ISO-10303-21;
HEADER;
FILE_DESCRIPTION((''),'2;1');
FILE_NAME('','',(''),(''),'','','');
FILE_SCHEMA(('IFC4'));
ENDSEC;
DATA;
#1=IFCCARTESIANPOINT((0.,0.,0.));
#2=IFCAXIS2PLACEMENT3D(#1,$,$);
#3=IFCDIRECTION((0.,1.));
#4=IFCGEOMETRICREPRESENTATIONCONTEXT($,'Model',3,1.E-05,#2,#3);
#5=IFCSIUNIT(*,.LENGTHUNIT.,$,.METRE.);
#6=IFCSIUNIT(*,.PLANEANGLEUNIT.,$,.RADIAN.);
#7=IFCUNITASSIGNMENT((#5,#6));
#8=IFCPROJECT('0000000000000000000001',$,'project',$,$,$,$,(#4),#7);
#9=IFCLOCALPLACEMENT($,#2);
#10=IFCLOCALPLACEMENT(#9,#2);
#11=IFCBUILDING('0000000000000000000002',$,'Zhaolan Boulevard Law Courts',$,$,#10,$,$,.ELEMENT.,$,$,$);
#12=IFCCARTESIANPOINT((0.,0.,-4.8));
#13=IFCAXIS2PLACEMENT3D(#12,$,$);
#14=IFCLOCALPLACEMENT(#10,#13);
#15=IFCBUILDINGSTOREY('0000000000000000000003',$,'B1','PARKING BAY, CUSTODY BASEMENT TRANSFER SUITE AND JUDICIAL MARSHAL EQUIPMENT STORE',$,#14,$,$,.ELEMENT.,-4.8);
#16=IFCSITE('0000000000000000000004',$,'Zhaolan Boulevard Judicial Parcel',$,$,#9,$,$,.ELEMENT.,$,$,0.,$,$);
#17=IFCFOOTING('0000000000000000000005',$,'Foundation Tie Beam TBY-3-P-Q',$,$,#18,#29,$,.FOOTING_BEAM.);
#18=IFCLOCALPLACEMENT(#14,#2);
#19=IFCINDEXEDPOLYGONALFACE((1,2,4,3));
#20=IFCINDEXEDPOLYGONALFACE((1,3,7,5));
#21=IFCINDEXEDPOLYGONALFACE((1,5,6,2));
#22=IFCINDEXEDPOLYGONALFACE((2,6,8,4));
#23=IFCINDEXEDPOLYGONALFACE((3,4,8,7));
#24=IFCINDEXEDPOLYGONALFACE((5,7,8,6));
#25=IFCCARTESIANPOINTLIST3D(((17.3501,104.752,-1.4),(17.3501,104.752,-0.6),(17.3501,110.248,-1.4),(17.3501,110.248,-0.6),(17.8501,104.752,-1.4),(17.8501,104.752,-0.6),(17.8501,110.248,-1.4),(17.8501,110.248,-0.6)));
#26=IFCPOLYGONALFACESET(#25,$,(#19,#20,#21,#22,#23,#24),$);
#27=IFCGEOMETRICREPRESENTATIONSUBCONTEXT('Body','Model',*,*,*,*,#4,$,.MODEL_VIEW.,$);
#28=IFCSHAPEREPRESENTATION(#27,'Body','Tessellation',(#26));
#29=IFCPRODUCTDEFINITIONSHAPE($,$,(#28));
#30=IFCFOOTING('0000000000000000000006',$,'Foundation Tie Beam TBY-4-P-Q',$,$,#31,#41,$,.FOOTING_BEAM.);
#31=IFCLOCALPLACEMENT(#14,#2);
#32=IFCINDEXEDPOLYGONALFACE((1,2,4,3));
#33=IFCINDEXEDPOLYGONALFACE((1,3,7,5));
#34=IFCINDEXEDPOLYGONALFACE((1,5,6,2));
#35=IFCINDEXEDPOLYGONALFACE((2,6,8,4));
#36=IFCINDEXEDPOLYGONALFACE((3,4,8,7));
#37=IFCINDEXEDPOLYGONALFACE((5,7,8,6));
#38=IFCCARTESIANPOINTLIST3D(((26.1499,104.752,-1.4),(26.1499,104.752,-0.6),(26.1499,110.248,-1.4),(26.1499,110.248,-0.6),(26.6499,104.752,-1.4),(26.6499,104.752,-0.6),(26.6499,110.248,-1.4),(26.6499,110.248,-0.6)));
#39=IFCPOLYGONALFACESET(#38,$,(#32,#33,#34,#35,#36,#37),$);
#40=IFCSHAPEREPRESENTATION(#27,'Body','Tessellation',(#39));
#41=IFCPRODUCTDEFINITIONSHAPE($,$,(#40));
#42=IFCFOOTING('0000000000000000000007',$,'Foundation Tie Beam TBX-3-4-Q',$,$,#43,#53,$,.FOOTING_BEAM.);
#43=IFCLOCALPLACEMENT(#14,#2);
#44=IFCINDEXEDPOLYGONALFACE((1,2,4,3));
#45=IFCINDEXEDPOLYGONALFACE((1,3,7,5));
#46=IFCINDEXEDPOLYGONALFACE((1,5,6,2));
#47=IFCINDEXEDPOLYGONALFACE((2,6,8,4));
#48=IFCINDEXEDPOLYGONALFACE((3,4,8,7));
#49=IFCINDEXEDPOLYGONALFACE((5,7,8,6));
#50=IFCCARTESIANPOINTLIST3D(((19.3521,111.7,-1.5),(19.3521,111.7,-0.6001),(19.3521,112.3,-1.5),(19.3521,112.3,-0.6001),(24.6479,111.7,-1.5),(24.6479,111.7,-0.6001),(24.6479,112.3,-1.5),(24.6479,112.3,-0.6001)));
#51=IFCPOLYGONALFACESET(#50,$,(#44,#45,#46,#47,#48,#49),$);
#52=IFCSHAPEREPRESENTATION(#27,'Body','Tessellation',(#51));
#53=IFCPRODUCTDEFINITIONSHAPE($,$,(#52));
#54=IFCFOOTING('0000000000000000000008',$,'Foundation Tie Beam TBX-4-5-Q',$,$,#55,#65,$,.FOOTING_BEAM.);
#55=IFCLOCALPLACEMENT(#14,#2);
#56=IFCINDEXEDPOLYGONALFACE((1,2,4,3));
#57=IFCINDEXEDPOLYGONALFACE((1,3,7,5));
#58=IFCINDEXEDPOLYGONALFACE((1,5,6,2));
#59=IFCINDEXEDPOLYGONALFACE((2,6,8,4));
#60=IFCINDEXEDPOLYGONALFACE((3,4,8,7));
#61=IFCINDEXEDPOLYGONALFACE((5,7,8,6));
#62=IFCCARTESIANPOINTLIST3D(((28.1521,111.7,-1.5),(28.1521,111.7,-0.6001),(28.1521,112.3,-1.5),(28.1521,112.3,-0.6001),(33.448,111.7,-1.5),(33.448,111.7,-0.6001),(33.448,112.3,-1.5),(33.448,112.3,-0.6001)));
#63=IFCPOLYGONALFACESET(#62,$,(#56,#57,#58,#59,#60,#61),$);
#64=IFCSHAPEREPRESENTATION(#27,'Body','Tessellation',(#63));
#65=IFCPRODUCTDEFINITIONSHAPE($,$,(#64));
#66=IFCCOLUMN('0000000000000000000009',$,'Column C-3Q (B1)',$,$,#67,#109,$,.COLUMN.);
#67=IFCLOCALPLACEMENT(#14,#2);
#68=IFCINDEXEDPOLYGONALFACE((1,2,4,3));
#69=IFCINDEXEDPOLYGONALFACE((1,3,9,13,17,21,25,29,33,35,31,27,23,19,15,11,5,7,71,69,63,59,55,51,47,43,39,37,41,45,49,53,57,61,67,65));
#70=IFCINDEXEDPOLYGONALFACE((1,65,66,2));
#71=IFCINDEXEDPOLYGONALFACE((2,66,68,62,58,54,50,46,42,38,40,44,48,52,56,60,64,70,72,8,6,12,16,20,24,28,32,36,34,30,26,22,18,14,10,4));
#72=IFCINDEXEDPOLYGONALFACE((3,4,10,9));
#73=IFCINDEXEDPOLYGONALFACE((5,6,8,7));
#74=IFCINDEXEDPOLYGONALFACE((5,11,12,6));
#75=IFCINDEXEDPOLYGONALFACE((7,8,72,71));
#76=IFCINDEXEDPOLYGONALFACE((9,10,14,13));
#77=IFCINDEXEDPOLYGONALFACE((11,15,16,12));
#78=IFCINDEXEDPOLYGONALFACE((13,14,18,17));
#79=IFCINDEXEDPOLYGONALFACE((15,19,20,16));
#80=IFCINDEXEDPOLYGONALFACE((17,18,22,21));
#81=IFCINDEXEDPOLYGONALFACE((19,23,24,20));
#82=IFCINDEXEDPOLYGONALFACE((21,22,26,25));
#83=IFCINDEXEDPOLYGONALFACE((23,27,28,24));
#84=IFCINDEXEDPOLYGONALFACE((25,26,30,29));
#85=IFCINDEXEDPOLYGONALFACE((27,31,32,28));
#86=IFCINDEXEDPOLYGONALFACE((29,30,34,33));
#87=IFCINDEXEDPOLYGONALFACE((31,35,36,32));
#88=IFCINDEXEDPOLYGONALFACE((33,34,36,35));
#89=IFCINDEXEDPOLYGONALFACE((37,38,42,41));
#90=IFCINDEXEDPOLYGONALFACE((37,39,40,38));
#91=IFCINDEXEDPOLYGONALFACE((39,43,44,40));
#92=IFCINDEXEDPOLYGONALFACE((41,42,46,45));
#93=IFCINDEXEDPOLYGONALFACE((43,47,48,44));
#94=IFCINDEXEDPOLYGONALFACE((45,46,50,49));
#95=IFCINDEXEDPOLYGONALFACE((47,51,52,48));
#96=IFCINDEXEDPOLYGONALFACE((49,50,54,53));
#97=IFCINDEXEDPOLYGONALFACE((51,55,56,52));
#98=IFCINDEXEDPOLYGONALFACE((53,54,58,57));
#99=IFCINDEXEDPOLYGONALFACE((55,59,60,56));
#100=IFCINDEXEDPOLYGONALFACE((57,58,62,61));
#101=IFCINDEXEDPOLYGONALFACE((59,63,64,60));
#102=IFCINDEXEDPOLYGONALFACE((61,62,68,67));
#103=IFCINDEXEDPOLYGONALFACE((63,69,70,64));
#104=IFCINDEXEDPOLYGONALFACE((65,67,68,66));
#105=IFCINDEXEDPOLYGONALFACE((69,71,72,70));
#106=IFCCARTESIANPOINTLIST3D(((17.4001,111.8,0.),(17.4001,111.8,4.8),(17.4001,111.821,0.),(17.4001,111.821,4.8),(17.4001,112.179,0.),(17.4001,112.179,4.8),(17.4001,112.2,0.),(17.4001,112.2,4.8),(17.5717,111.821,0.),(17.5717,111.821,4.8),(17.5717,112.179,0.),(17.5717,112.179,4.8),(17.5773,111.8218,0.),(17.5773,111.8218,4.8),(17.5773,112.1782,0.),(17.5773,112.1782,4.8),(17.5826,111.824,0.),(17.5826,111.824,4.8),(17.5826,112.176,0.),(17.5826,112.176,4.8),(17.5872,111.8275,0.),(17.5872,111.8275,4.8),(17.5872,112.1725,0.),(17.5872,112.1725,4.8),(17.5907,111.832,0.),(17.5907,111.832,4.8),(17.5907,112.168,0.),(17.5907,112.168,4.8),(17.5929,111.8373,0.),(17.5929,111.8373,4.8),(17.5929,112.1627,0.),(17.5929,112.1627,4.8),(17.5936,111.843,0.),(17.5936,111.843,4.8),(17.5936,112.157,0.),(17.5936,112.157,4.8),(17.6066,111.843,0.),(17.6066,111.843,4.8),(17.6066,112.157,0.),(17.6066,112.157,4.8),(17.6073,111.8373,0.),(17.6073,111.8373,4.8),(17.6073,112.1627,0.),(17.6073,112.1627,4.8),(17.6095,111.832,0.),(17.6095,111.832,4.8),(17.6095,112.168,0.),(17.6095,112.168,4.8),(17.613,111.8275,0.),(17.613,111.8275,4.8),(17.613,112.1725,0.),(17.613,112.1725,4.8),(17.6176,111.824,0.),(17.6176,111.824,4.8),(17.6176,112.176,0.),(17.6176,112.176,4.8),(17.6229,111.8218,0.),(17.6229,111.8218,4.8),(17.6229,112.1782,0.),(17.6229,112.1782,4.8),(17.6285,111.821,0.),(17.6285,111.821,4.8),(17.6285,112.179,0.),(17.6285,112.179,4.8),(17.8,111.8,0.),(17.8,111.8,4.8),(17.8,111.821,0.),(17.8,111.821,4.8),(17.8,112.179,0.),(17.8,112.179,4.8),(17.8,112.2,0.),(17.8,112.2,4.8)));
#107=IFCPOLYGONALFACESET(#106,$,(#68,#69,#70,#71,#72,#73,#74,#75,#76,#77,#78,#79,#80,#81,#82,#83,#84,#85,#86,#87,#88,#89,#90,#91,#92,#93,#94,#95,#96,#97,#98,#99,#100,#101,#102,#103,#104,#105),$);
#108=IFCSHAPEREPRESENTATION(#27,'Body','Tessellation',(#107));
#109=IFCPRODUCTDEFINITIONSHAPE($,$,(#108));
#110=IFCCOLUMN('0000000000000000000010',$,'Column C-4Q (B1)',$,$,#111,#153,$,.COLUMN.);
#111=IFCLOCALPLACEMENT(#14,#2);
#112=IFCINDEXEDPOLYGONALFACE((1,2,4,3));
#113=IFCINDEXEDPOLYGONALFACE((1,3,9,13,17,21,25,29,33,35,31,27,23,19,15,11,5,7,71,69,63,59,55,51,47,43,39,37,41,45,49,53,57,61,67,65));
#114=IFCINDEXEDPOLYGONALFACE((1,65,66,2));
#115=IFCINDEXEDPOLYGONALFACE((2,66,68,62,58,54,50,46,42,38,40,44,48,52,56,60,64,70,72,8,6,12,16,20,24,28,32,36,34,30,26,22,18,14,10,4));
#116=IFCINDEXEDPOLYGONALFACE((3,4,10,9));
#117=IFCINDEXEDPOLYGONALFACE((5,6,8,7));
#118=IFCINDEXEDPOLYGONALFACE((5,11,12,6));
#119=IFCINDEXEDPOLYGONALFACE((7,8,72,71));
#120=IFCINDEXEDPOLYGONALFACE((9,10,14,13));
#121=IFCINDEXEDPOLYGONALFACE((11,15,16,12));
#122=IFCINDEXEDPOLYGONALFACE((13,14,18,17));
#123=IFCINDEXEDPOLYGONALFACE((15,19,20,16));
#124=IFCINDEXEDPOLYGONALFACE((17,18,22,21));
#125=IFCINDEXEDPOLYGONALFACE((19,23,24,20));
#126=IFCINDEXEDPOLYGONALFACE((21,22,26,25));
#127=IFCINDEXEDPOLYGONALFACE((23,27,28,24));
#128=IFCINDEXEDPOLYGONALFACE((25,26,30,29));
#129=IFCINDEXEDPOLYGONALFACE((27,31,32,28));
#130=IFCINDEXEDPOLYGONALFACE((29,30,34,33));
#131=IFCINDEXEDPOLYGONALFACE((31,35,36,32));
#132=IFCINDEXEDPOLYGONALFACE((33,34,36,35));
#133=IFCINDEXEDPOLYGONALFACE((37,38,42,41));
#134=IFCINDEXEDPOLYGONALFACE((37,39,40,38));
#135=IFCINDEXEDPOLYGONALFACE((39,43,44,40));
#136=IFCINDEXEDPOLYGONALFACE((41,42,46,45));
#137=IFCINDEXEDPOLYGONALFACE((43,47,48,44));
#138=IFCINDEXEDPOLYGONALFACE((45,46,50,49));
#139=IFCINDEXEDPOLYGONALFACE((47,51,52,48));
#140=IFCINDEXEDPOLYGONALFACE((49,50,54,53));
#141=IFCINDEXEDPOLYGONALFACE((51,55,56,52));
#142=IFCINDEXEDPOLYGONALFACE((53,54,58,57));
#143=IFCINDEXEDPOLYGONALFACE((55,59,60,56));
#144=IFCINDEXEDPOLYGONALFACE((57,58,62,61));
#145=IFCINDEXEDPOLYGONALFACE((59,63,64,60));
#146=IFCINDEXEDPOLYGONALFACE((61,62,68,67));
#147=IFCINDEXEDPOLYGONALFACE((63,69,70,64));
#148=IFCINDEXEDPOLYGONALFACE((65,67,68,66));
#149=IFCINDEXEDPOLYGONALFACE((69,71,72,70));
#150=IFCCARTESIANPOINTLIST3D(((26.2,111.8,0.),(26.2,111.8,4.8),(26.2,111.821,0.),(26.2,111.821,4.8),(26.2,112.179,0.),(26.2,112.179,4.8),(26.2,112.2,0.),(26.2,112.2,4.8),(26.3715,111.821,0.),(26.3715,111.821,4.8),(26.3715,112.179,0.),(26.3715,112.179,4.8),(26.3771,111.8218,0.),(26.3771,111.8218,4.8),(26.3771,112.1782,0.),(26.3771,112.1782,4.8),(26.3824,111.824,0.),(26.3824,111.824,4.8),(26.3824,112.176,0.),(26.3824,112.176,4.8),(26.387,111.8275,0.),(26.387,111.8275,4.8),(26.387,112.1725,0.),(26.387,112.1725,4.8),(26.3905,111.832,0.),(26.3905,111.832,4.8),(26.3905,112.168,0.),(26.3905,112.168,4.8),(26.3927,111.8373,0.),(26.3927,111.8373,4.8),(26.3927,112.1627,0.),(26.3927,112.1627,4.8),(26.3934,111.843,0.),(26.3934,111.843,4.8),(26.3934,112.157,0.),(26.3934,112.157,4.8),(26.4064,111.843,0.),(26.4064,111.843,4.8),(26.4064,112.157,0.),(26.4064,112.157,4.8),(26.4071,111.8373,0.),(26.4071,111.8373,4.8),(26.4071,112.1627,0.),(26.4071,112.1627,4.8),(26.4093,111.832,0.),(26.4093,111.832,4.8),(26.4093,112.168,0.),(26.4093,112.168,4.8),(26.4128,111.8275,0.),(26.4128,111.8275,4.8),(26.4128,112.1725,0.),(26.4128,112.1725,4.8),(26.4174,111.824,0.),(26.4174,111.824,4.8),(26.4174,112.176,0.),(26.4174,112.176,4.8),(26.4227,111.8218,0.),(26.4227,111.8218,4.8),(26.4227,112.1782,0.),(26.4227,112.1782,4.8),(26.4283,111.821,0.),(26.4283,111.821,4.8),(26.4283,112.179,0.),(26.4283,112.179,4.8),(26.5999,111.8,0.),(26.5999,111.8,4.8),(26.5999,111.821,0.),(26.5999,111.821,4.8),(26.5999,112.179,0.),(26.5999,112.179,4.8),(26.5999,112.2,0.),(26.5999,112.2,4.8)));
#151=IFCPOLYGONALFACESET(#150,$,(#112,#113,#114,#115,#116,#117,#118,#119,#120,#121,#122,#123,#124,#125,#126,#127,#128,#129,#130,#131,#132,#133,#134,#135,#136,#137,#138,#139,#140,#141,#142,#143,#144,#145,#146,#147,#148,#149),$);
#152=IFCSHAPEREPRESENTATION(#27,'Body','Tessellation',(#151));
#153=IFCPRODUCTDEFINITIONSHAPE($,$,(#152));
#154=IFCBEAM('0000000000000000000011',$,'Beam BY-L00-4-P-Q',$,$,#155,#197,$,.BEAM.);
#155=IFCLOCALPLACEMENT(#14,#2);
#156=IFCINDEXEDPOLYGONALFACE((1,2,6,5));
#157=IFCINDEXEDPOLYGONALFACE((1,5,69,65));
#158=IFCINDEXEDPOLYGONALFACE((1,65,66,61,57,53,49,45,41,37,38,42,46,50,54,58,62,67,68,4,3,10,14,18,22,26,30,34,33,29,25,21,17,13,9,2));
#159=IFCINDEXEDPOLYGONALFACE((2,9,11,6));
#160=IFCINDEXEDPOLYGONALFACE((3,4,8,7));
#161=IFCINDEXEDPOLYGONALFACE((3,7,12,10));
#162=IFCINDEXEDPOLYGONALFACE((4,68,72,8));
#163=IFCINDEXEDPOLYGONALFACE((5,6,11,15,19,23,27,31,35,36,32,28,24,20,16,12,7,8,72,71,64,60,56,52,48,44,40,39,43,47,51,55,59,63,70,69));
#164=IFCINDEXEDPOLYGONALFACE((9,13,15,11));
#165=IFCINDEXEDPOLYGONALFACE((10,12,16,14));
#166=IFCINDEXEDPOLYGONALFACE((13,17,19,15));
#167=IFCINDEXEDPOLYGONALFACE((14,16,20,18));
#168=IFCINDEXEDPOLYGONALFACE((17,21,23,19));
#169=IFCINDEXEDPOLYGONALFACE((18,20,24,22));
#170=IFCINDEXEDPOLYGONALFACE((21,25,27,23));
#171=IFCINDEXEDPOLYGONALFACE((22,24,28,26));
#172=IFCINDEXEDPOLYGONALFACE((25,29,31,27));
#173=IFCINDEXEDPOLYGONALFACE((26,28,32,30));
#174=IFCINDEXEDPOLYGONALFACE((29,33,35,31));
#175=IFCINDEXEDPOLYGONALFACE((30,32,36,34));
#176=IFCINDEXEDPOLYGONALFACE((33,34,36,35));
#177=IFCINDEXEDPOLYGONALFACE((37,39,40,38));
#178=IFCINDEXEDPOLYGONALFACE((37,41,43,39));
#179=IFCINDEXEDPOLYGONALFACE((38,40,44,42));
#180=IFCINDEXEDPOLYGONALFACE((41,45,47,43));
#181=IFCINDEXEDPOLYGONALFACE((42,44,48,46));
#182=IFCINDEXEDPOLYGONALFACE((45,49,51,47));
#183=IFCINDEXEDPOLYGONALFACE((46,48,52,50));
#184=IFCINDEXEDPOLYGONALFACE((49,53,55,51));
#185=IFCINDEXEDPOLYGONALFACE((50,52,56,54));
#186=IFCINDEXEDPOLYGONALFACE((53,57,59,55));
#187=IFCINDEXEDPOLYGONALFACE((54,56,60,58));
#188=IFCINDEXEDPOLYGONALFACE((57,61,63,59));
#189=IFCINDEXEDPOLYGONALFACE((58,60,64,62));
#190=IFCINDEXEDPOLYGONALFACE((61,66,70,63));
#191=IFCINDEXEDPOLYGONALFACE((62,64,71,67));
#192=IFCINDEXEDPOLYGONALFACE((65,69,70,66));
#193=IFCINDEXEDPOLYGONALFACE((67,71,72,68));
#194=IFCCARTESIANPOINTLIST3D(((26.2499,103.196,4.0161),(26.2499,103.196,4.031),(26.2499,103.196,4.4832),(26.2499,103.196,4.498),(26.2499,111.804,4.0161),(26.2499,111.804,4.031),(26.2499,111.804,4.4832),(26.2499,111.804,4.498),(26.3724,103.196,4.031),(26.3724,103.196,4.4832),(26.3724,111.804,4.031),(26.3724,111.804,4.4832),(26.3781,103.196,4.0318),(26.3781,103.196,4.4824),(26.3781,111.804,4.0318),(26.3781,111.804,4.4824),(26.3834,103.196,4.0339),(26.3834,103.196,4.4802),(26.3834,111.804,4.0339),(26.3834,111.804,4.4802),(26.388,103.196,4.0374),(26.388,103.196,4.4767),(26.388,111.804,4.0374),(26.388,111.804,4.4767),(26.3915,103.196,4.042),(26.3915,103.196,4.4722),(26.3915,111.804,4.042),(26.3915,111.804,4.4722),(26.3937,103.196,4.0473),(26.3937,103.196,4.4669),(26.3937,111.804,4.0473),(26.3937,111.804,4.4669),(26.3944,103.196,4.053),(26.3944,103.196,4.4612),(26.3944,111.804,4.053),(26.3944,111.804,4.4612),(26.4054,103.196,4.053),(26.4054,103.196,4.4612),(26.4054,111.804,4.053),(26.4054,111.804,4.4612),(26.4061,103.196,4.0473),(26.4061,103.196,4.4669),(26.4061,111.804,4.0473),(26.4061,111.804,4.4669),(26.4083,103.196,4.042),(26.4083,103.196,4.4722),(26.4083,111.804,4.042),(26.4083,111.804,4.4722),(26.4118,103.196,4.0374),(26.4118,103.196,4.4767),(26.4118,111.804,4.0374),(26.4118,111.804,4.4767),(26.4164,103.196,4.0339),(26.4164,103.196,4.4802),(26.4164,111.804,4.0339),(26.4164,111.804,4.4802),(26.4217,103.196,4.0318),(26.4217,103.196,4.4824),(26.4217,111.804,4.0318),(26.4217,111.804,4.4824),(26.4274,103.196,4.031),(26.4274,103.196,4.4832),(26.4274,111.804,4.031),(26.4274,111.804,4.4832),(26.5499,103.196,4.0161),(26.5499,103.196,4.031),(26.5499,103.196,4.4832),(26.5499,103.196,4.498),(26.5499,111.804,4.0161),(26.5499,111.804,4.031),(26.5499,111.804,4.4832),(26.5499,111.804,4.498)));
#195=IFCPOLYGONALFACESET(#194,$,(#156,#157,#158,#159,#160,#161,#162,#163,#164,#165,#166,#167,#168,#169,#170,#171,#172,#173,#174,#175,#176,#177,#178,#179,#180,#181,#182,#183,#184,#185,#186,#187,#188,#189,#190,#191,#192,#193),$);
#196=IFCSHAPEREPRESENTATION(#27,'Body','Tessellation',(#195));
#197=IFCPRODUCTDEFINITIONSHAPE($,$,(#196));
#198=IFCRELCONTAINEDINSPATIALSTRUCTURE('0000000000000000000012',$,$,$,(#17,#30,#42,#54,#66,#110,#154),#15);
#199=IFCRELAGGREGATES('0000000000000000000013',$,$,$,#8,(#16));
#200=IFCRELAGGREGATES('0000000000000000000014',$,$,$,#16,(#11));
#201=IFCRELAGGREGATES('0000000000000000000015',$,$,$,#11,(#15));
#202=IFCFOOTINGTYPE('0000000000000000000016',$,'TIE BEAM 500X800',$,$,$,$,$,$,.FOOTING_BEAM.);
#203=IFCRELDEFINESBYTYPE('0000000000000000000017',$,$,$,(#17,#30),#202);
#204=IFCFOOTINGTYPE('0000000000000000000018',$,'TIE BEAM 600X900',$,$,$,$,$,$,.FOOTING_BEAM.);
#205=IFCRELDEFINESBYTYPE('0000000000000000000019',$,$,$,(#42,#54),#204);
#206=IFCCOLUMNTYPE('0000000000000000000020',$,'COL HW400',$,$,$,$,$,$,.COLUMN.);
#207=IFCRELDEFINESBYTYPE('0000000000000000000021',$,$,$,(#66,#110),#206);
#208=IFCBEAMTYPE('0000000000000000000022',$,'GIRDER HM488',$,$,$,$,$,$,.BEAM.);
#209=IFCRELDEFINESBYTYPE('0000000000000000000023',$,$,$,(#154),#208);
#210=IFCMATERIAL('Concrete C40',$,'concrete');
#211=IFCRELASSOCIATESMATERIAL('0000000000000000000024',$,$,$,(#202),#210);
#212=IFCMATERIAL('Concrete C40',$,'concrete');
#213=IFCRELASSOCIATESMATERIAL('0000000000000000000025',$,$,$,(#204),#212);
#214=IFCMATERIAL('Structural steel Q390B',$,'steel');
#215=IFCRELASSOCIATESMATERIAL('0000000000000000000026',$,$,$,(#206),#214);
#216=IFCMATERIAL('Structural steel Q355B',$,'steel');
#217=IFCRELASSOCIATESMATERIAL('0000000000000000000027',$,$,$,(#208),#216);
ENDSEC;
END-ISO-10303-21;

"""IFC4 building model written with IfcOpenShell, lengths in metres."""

from ifc_helpers import new_model, si_unit, direction, frame, origin, origin_2d, place, context, subcontext, project, spatial, rectangle, i_section, extrude, material, material_profile, profile_set, type_object, element, save


model = new_model("IFC4")

# Units and contexts
model_context = context("Model", 3, precision=1e-05, world=origin(), true_north=direction((0.0, 1.0)))
body_context = subcontext(model_context, "Body", "Model", "MODEL_VIEW")
ifc_project = project(units=[si_unit("LENGTHUNIT", "METRE"), si_unit("PLANEANGLEUNIT", "RADIAN")], contexts=[model_context])

# Site, building, storey
site_placement = place(None, origin())
site = spatial("IfcSite", under=ifc_project, at=site_placement, Name="Zhaolan Boulevard Judicial Parcel", CompositionType="ELEMENT", RefElevation=0.0)
building_placement = place(site_placement, origin())
building = spatial("IfcBuilding", under=site, at=building_placement, Name="Zhaolan Boulevard Law Courts", CompositionType="ELEMENT")
storey_placement = place(building_placement, frame((0.0, 0.0, -4.8)))
storey = spatial("IfcBuildingStorey", under=building, at=storey_placement, Name="B1", Description="PARKING BAY, CUSTODY BASEMENT TRANSFER SUITE AND JUDICIAL MARSHAL EQUIPMENT STORE", CompositionType="ELEMENT", Elevation=-4.8)

# Footings
ifc_material_1 = material(Name="Concrete C40", Category="concrete")
ifc_material_profile_1 = material_profile(ifc_material_1, rectangle(XDim=0.5, YDim=0.8, at=origin_2d()), Name="RC500x800")
ifc_profile_set_1 = profile_set([ifc_material_profile_1], Name="Concrete C40")
footing_type_1 = type_object("IfcFootingType", Name="TIE BEAM 500X800", PredefinedType="FOOTING_BEAM", material=ifc_profile_set_1)
for number, where, z_axis, x_axis, name in (
    (1, (17.6001, 104.752, -1.0), (0.0, 1.0, 0.0), (-1.0, 0.0, 0.0), "Foundation Tie Beam TBY-3-P-Q"),
    (2, (26.3999, 104.752, -1.0), (0.0, 1.0, 0.0), (-1.0, 0.0, 0.0), "Foundation Tie Beam TBY-4-P-Q"),
):
    element("IfcFooting", number, at=place(storey_placement, frame(where, z_axis=z_axis, x_axis=x_axis)), inside=storey, type_object=footing_type_1, Name=name, PredefinedType="FOOTING_BEAM", context=body_context, shape_type="SweptSolid", body=[
        extrude(rectangle(XDim=0.5, YDim=0.8, at=origin_2d()), origin(), (0.0, 0.0, 1.0), 5.4961),
    ])
ifc_material_2 = material(Name="Concrete C40", Category="concrete")
ifc_material_profile_2 = material_profile(ifc_material_2, rectangle(XDim=0.6001, YDim=0.8999, at=origin_2d()), Name="RC600x900")
ifc_profile_set_2 = profile_set([ifc_material_profile_2], Name="Concrete C40")
footing_type_2 = type_object("IfcFootingType", Name="TIE BEAM 600X900", PredefinedType="FOOTING_BEAM", material=ifc_profile_set_2)
for number, where, z_axis, x_axis, name in (
    (3, (19.3521, 112.0, -1.05), (1.0, 0.0, 0.0), (0.0, 1.0, 0.0), "Foundation Tie Beam TBX-3-4-Q"),
    (4, (28.1521, 112.0, -1.05), (1.0, 0.0, 0.0), (0.0, 1.0, 0.0), "Foundation Tie Beam TBX-4-5-Q"),
):
    element("IfcFooting", number, at=place(storey_placement, frame(where, z_axis=z_axis, x_axis=x_axis)), inside=storey, type_object=footing_type_2, Name=name, PredefinedType="FOOTING_BEAM", context=body_context, shape_type="SweptSolid", body=[
        extrude(rectangle(XDim=0.6001, YDim=0.8999, at=origin_2d()), origin(), (0.0, 0.0, 1.0), 5.2959),
    ])

# Columns
ifc_material_3 = material(Name="Structural steel Q390B", Category="steel")
ifc_material_profile_3 = material_profile(ifc_material_3, i_section(OverallWidth=0.3999, OverallDepth=0.3999, WebThickness=0.0129, FlangeThickness=0.021, FilletRadius=0.022, at=origin_2d()), Name="HW400x400")
ifc_profile_set_3 = profile_set([ifc_material_profile_3], Name="Structural steel Q390B")
column_type = type_object("IfcColumnType", Name="COL HW400", PredefinedType="COLUMN", material=ifc_profile_set_3)
for number, where, z_axis, x_axis, name in (
    (5, (17.6001, 112.0, 0.0), (0.0, 0.0, 1.0), (1.0, 0.0, 0.0), "Column C-3Q (B1)"),
    (6, (26.3999, 112.0, 0.0), (0.0, 0.0, 1.0), (1.0, 0.0, 0.0), "Column C-4Q (B1)"),
):
    element("IfcColumn", number, at=place(storey_placement, frame(where, z_axis=z_axis, x_axis=x_axis)), inside=storey, type_object=column_type, Name=name, PredefinedType="COLUMN", context=body_context, shape_type="SweptSolid", body=[
        extrude(i_section(OverallWidth=0.3999, OverallDepth=0.3999, WebThickness=0.0129, FlangeThickness=0.021, FilletRadius=0.022, at=origin_2d()), origin(), (0.0, 0.0, 1.0), 4.8),
    ])

# Beam
ifc_material_4 = material(Name="Structural steel Q355B", Category="steel")
ifc_material_profile_4 = material_profile(ifc_material_4, i_section(OverallWidth=0.3, OverallDepth=0.4819, WebThickness=0.011, FlangeThickness=0.0149, FilletRadius=0.022, at=origin_2d()), Name="HM482x300")
ifc_profile_set_4 = profile_set([ifc_material_profile_4], Name="Structural steel Q355B")
beam_type_1 = type_object("IfcBeamType", Name="GIRDER HM488", PredefinedType="BEAM", material=ifc_profile_set_4)
beam_1_placement = place(storey_placement, frame((26.3999, 103.196, 4.2571), z_axis=(0.0, 1.0, 0.0), x_axis=(-1.0, 0.0, 0.0)))
element("IfcBeam", 7, at=beam_1_placement, inside=storey, type_object=beam_type_1, Name="Beam BY-L00-4-P-Q", PredefinedType="BEAM", context=body_context, shape_type="SweptSolid", body=[
    extrude(i_section(OverallWidth=0.3, OverallDepth=0.4819, WebThickness=0.011, FlangeThickness=0.0149, FilletRadius=0.022, at=origin_2d()), origin(), (0.0, 0.0, 1.0), 8.6079),
])

save(model, "model.ifc")
